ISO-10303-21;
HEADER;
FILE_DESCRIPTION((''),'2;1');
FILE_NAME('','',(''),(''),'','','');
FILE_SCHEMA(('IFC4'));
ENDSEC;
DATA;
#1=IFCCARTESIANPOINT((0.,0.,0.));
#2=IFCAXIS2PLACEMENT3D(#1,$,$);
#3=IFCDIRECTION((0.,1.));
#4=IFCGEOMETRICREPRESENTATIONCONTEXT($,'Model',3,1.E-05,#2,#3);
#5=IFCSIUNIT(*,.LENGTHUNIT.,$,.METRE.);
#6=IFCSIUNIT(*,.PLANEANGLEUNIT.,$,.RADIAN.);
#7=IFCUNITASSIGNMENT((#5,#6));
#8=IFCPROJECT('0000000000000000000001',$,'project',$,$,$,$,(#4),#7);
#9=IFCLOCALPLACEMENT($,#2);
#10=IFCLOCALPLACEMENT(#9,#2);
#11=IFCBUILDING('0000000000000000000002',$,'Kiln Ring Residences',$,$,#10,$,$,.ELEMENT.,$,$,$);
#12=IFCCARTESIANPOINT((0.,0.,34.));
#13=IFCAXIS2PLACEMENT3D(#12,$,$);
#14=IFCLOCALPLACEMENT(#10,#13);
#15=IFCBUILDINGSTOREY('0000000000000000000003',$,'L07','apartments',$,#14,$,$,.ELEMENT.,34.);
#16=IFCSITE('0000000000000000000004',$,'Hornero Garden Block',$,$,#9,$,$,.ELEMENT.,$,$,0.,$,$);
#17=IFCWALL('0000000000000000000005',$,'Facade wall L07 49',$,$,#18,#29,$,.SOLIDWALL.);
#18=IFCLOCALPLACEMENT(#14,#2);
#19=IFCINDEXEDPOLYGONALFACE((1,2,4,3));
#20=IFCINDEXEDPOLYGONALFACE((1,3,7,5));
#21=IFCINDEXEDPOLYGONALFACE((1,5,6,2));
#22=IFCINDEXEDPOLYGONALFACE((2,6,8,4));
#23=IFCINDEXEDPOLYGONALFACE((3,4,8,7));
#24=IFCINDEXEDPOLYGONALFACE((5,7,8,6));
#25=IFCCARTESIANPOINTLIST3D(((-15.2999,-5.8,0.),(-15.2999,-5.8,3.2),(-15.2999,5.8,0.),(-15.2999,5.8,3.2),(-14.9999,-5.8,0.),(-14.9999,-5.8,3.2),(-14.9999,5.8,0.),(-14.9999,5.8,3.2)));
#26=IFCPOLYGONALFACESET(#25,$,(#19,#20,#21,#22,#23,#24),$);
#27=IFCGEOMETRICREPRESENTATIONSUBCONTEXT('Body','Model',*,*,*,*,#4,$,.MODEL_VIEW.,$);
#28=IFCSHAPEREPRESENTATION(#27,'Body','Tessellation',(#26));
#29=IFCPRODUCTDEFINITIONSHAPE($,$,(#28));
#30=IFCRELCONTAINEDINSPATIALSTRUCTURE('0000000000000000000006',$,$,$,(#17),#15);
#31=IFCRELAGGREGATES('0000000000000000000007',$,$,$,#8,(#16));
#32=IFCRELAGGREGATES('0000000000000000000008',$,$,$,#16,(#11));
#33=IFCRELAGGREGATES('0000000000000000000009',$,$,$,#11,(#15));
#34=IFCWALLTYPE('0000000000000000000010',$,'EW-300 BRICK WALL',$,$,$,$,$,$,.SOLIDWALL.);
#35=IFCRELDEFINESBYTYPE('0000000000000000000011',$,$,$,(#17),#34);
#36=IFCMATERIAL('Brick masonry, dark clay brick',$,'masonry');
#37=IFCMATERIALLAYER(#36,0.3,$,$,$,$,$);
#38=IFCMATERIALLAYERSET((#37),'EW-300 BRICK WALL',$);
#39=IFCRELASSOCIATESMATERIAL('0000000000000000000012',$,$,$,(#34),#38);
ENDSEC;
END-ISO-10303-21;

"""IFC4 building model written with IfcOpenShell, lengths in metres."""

from ifc_helpers import new_model, si_unit, direction, frame, frame_2d, origin, place, context, subcontext, project, spatial, rectangle, extrude, material, layer, layer_set, type_object, element, save


model = new_model("IFC4")

# Units and contexts
model_context = context("Model", 3, precision=1e-05, world=origin(), true_north=direction((0.0, 1.0)))
body_context = subcontext(model_context, "Body", "Model", "MODEL_VIEW")
ifc_project = project(units=[si_unit("LENGTHUNIT", "METRE"), si_unit("PLANEANGLEUNIT", "RADIAN")], contexts=[model_context])

# Site, building, storey
site_placement = place(None, origin())
site = spatial("IfcSite", under=ifc_project, at=site_placement, Name="Hornero Garden Block", CompositionType="ELEMENT", RefElevation=0.0)
building_placement = place(site_placement, origin())
building = spatial("IfcBuilding", under=site, at=building_placement, Name="Kiln Ring Residences", CompositionType="ELEMENT")
storey_placement = place(building_placement, frame((0.0, 0.0, 34.0)))
storey = spatial("IfcBuildingStorey", under=building, at=storey_placement, Name="L07", Description="apartments", CompositionType="ELEMENT", Elevation=34.0)

# Wall
ifc_material_1 = material(Name="Brick masonry, dark clay brick", Category="masonry")
ifc_layer_1 = layer(ifc_material_1, 0.3)
ifc_layer_set_1 = layer_set([ifc_layer_1], Name="EW-300 BRICK WALL")
wall_type_1 = type_object("IfcWallType", Name="EW-300 BRICK WALL", PredefinedType="SOLIDWALL", material=ifc_layer_set_1)
wall_1_placement = place(storey_placement, frame((-15.1499, -5.8, 0.0), z_axis=(0.0, 0.0, 1.0), x_axis=(0.0, 1.0, 0.0)))
element("IfcWall", 1, at=wall_1_placement, inside=storey, type_object=wall_type_1, Name="Facade wall L07 49", PredefinedType="SOLIDWALL", context=body_context, shape_type="SweptSolid", body=[
    extrude(rectangle(XDim=11.6001, YDim=0.3, at=frame_2d((5.8, 0.0))), origin(), (0.0, 0.0, 1.0), 3.2),
])

save(model, "model.ifc")
